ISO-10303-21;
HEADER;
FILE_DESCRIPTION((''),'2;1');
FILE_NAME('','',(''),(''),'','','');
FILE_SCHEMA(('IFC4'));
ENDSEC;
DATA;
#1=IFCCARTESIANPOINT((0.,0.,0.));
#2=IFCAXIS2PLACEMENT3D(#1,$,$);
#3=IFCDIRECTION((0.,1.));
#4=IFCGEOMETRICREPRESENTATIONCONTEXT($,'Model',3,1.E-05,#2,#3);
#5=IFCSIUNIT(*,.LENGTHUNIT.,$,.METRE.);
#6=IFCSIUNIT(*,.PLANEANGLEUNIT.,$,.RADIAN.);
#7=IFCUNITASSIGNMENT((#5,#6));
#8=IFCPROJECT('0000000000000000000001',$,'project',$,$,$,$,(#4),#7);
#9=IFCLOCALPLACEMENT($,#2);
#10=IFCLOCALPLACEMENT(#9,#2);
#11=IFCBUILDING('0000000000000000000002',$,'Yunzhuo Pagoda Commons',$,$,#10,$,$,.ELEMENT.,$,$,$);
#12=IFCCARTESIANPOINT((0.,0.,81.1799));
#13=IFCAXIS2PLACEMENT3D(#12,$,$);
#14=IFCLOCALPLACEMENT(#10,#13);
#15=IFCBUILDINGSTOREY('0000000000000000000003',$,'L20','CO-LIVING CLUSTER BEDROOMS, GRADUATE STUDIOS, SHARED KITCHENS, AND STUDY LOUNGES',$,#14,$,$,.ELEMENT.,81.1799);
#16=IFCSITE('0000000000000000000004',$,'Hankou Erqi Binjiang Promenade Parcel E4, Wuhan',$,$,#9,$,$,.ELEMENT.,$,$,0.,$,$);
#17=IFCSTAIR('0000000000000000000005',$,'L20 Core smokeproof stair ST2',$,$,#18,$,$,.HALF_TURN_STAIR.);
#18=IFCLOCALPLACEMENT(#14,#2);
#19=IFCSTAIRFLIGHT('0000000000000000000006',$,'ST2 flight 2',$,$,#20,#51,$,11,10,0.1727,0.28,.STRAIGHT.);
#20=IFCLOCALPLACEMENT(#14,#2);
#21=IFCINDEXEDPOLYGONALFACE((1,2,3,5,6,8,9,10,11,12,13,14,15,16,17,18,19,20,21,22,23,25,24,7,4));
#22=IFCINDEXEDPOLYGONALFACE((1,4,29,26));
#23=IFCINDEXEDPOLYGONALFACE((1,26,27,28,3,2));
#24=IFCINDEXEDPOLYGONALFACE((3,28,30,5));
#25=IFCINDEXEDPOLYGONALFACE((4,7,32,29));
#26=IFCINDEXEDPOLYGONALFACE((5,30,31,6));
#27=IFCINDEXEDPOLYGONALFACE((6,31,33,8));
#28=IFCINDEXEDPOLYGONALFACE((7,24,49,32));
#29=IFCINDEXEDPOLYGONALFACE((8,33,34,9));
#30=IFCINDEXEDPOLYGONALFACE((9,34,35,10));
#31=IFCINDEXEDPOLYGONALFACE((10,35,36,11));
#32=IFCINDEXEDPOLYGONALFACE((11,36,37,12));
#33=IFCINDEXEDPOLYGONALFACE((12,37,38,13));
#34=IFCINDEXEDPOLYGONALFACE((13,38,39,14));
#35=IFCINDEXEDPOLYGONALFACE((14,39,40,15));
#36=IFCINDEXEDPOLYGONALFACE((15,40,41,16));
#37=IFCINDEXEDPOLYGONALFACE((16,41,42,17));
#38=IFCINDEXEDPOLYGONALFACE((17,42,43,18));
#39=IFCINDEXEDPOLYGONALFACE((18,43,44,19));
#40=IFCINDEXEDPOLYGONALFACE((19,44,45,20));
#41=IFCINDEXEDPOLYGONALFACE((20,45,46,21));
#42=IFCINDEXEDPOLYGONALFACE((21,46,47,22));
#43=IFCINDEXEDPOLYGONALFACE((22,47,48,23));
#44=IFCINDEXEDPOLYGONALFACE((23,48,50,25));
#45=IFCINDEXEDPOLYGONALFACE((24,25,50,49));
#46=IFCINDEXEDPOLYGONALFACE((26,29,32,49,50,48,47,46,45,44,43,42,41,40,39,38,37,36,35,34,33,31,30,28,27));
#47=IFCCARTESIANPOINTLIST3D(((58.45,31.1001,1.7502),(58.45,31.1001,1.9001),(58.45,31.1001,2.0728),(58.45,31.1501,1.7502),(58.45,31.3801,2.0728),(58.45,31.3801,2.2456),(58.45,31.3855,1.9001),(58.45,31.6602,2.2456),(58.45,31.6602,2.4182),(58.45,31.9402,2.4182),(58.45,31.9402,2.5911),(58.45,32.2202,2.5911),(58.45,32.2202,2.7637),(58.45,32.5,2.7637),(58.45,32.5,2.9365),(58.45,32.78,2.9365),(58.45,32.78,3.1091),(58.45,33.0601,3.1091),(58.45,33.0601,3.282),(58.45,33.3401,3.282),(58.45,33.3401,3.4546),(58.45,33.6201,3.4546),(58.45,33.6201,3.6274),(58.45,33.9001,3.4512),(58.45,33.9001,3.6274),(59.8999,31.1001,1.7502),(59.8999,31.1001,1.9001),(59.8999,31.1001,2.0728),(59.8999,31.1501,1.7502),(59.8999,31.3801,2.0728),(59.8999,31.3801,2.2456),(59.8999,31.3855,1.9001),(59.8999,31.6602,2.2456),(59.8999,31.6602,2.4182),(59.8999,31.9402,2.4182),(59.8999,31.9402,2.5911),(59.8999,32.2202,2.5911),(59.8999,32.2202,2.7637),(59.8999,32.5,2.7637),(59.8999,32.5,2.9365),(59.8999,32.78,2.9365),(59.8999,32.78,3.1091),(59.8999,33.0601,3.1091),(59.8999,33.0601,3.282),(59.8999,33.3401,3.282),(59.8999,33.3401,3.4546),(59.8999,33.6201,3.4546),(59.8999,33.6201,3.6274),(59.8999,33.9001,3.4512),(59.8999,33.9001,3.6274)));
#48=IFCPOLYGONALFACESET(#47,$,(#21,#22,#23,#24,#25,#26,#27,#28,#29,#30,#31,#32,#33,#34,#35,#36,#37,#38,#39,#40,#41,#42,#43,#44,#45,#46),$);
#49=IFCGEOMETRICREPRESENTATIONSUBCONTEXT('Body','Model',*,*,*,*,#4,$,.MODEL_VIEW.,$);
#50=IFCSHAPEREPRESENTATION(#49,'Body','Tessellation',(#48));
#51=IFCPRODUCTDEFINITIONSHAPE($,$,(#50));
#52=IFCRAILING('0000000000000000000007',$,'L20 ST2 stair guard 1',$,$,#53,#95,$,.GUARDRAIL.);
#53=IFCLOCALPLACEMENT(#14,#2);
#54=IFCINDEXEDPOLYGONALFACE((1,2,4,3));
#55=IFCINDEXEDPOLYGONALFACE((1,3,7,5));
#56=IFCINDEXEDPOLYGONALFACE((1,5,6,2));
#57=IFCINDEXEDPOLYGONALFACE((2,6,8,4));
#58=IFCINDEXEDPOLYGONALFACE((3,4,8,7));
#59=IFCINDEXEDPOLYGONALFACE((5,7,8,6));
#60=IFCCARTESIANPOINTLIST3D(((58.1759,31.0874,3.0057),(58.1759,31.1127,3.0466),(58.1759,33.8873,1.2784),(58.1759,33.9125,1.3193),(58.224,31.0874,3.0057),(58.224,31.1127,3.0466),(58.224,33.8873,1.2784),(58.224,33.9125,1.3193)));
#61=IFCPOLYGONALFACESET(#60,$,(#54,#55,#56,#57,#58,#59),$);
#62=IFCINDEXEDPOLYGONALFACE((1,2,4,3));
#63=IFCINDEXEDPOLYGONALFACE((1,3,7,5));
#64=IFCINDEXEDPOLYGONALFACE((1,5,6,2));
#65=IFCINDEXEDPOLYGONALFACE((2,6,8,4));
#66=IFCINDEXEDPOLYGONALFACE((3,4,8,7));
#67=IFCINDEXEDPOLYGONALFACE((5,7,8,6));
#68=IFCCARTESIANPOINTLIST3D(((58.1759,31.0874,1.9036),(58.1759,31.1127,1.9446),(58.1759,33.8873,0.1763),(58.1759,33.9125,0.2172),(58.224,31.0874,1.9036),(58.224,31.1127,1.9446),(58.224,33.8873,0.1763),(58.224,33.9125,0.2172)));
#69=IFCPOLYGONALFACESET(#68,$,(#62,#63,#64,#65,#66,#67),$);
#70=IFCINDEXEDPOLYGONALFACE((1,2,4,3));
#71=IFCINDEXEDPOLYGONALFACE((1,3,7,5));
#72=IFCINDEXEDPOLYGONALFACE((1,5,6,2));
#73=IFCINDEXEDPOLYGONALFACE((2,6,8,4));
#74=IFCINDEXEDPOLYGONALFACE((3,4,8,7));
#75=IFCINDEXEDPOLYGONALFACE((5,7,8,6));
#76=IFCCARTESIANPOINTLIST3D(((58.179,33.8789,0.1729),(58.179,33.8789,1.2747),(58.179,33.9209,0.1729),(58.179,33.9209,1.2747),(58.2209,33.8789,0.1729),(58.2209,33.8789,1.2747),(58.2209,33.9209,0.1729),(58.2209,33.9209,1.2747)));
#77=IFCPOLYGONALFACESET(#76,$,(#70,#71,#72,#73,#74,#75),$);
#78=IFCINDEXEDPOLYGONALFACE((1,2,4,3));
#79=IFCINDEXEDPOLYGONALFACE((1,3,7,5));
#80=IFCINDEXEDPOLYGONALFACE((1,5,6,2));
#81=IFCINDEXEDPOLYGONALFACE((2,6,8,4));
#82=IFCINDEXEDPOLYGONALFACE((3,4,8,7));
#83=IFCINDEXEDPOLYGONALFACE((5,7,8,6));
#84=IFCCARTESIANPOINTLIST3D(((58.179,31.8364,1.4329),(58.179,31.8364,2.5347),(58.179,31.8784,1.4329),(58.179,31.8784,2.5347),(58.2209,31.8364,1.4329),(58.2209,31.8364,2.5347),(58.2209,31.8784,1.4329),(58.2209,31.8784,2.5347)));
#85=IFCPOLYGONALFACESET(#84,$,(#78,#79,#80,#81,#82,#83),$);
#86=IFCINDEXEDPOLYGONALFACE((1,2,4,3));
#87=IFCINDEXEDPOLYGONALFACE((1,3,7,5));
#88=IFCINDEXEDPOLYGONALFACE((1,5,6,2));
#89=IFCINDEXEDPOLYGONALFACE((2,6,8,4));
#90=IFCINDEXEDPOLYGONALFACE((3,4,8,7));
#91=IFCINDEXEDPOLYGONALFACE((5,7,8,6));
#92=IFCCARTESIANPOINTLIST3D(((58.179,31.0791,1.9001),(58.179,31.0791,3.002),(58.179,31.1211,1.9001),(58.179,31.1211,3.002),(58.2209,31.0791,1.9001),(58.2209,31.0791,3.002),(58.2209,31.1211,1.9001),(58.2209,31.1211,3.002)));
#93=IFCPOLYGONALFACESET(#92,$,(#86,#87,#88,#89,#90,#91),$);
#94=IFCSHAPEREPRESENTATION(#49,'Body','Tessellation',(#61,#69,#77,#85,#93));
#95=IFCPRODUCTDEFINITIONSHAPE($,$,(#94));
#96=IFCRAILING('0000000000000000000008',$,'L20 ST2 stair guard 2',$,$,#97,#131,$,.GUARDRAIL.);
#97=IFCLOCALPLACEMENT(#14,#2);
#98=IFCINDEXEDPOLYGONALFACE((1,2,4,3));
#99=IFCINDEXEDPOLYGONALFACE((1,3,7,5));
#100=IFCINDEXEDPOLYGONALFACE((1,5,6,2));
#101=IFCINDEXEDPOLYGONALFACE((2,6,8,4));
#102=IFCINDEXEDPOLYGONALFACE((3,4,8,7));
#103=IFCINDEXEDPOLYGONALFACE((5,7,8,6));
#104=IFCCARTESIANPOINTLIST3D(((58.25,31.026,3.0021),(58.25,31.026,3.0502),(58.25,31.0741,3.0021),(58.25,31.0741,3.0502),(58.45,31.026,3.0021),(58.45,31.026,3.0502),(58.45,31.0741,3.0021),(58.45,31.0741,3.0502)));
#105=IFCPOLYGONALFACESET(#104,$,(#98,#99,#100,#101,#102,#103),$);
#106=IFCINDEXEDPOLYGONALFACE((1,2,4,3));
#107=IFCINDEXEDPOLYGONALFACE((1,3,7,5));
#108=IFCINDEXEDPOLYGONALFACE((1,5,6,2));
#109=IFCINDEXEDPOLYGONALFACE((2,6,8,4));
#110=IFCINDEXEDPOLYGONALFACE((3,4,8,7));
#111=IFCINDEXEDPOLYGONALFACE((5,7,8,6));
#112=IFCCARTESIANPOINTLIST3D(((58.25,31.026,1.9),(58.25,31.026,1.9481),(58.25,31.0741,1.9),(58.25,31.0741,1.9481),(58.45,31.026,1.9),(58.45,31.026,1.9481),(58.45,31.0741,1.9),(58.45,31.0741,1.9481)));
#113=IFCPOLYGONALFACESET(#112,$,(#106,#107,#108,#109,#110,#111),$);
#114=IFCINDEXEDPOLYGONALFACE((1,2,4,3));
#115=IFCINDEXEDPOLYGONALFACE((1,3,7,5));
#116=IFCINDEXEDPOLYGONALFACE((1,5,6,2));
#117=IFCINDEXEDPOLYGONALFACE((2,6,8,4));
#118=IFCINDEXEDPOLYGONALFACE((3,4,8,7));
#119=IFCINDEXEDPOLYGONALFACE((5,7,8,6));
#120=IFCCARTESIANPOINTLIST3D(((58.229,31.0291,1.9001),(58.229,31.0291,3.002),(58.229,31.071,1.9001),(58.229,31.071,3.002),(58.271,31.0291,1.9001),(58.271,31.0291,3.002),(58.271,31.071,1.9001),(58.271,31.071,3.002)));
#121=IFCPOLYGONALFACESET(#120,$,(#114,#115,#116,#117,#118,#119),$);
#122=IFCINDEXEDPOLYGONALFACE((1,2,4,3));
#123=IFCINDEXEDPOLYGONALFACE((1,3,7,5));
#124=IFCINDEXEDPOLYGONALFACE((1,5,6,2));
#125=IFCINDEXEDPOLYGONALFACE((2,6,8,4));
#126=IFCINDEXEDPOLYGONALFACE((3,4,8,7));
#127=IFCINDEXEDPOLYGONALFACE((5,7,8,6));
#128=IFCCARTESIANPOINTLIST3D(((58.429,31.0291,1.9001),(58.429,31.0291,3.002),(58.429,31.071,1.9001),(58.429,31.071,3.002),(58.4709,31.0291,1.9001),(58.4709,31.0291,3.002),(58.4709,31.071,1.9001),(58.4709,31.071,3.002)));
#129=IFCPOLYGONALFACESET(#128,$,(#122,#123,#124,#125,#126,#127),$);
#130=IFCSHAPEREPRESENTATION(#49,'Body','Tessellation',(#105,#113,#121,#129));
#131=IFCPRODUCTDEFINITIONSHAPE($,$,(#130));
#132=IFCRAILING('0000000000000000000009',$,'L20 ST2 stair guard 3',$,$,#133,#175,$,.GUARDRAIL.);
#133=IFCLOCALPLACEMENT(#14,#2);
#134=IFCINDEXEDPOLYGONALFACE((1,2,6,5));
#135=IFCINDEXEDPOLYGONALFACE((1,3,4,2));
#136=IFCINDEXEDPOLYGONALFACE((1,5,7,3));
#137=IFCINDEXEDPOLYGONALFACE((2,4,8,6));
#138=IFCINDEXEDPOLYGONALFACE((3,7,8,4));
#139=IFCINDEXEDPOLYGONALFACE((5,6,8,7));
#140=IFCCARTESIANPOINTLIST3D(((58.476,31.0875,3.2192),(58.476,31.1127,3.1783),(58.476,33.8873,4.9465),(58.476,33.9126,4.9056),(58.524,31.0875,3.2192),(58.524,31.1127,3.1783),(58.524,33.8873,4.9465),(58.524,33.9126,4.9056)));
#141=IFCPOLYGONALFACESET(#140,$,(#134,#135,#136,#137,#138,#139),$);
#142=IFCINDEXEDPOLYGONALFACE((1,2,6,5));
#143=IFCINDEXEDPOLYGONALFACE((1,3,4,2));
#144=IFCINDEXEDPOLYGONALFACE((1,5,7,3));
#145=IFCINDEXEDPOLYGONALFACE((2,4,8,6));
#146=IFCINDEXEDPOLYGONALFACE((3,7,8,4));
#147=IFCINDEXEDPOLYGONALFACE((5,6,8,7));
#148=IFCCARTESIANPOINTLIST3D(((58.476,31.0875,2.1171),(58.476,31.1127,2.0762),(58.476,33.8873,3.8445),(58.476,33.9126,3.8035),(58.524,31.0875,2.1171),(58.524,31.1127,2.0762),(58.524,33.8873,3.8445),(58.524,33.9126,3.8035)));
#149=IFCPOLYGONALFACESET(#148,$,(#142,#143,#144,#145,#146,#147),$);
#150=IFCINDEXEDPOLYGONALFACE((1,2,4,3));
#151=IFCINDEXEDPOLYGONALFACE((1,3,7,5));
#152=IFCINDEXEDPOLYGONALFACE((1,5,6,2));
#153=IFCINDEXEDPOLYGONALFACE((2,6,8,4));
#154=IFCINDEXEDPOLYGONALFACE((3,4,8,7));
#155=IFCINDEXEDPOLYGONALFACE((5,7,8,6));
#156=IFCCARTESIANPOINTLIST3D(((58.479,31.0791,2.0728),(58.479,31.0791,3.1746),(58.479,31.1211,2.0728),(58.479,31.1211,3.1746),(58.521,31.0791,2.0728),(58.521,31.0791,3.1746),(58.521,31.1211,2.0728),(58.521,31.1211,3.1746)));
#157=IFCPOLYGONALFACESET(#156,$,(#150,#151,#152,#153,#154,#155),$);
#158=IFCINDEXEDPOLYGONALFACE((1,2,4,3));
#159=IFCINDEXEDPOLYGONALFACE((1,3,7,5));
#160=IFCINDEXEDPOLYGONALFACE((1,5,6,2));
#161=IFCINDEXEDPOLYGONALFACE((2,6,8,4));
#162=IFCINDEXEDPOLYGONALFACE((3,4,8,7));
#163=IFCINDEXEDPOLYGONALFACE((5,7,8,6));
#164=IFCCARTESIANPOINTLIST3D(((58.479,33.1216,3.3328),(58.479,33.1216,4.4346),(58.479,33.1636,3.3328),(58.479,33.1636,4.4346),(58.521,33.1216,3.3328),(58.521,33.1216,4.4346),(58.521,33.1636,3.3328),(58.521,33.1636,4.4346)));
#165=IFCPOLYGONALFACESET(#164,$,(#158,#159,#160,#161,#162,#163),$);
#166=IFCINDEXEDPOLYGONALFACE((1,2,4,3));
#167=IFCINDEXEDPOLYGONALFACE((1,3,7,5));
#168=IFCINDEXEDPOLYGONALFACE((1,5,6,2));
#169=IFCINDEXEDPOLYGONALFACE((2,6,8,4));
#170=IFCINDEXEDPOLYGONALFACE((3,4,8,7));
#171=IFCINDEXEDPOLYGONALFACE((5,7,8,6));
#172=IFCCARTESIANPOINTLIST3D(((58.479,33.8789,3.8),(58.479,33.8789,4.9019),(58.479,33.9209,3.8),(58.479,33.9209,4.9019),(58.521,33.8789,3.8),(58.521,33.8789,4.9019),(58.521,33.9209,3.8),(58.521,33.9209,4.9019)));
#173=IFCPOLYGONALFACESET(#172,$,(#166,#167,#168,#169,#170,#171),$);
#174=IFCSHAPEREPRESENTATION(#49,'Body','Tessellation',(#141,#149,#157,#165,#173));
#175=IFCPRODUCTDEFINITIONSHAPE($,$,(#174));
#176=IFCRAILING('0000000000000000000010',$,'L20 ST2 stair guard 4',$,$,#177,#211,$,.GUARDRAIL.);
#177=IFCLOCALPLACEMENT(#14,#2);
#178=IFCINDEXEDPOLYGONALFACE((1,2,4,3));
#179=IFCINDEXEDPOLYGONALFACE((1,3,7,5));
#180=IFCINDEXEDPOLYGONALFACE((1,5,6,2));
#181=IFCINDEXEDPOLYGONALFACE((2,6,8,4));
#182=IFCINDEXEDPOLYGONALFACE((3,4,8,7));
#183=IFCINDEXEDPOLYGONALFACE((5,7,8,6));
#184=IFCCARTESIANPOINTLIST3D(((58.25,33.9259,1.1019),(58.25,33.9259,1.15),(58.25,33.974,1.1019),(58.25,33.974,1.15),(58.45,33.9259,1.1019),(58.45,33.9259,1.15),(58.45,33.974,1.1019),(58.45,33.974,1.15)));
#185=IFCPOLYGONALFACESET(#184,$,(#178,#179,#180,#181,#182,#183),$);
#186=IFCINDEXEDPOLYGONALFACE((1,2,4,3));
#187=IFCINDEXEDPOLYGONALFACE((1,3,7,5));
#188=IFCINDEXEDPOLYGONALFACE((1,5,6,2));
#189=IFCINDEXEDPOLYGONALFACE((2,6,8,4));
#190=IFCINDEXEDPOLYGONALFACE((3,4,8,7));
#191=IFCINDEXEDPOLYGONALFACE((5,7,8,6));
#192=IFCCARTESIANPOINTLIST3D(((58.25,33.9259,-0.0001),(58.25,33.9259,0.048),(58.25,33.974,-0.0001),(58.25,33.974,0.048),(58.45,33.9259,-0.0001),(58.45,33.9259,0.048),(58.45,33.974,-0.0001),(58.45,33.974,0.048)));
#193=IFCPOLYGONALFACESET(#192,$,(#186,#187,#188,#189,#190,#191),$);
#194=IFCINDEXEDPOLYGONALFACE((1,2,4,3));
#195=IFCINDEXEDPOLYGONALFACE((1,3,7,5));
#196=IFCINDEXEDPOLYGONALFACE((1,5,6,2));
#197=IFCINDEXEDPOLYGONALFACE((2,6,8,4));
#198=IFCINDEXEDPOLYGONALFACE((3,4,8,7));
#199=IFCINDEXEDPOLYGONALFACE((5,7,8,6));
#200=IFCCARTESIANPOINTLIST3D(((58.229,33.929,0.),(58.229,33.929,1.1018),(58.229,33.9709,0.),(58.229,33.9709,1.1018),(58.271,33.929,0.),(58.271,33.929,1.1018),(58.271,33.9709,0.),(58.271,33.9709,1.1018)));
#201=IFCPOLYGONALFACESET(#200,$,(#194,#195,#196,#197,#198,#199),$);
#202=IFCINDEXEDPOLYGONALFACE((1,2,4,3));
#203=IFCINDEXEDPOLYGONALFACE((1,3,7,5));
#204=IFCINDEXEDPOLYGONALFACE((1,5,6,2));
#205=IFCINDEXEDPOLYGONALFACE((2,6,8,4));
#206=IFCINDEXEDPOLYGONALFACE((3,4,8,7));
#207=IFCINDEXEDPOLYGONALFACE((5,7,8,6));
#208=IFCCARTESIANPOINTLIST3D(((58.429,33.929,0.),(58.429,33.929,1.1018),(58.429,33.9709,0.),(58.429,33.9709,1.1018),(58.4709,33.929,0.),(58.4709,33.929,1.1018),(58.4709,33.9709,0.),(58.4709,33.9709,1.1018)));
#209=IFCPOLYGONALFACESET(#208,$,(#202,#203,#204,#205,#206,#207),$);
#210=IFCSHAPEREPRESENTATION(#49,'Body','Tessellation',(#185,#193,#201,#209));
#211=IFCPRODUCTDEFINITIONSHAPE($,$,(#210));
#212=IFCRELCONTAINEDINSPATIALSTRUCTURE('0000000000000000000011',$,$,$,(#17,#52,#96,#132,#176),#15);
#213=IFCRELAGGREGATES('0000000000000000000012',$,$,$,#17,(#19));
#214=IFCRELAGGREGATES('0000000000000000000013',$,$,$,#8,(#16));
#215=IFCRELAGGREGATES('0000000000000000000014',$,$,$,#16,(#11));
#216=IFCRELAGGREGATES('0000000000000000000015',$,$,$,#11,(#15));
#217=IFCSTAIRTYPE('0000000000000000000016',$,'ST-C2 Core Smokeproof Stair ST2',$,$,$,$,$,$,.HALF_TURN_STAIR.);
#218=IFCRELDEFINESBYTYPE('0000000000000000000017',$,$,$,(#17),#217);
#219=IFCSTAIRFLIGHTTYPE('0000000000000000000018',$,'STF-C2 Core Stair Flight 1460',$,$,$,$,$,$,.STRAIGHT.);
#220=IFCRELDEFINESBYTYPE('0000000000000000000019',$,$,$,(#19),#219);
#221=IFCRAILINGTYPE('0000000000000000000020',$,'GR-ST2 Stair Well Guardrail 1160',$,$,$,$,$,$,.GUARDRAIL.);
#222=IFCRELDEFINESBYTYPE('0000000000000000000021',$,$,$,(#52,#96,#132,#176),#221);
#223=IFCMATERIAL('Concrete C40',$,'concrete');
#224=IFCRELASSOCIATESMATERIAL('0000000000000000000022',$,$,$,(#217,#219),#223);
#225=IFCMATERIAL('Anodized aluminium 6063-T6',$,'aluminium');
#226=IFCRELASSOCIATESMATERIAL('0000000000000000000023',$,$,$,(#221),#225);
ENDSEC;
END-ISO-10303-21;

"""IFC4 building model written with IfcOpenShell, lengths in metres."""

from ifc_helpers import new_model, si_unit, direction, frame, origin, origin_2d, place, context, subcontext, project, spatial, polyline, rectangle, outline, extrude, source, transform, mapped, material, type_object, element, aggregate, save


model = new_model("IFC4")

# Units and contexts
model_context = context("Model", 3, precision=1e-05, world=origin(), true_north=direction((0.0, 1.0)))
body_context = subcontext(model_context, "Body", "Model", "MODEL_VIEW")
ifc_project = project(units=[si_unit("LENGTHUNIT", "METRE"), si_unit("PLANEANGLEUNIT", "RADIAN")], contexts=[model_context])

# Site, building, storey
site_placement = place(None, origin())
site = spatial("IfcSite", under=ifc_project, at=site_placement, Name="Hankou Erqi Binjiang Promenade Parcel E4, Wuhan", CompositionType="ELEMENT", RefElevation=0.0)
building_placement = place(site_placement, origin())
building = spatial("IfcBuilding", under=site, at=building_placement, Name="Yunzhuo Pagoda Commons", CompositionType="ELEMENT")
storey_placement = place(building_placement, frame((0.0, 0.0, 81.1799)))
storey = spatial("IfcBuildingStorey", under=building, at=storey_placement, Name="L20", Description="CO-LIVING CLUSTER BEDROOMS, GRADUATE STUDIOS, SHARED KITCHENS, AND STUDY LOUNGES", CompositionType="ELEMENT", Elevation=81.1799)

# Shared definitions
ifc_material_1 = material(Name="Anodized aluminium 6063-T6", Category="aluminium")

# Stair, stair flight
ifc_material_2 = material(Name="Concrete C40", Category="concrete")
stair_type = type_object("IfcStairType", Name="ST-C2 Core Smokeproof Stair ST2", PredefinedType="HALF_TURN_STAIR", material=ifc_material_2)
stair_placement = place(storey_placement, origin())
stair = element("IfcStair", 1, at=stair_placement, inside=storey, type_object=stair_type, Name="L20 Core smokeproof stair ST2", PredefinedType="HALF_TURN_STAIR")
stair_flight_type = type_object("IfcStairFlightType", Name="STF-C2 Core Stair Flight 1460", PredefinedType="STRAIGHT", material=ifc_material_2)
shared_shape_1 = source(origin(), body_context, "Body", "SweptSolid", [
    extrude(outline(polyline([(0.0, -0.1499), (0.0, 0.0), (0.0, 0.1726), (0.28, 0.1726), (0.28, 0.3455), (0.5601, 0.3455), (0.5601, 0.5181), (0.8401, 0.5181), (0.8401, 0.6909), (1.1201, 0.6909), (1.1201, 0.8635), (1.3999, 0.8635), (1.3999, 1.0364), (1.6799, 1.0364), (1.6799, 1.209), (1.96, 1.209), (1.96, 1.3818), (2.24, 1.3818), (2.24, 1.5544), (2.52, 1.5544), (2.52, 1.7273), (2.8, 1.7273), (2.8, 1.8999), (2.8, 1.551), (0.2854, 0.0), (0.05, -0.1499), (0.0, -0.1499)])), frame((0.0, 0.7251, 0.0), z_axis=(0.0, -1.0, 0.0), x_axis=(1.0, 0.0, 0.0)), (0.0, 0.0, 1.0), 1.45),
])
stair_flight_1_placement = place(storey_placement, frame((59.175, 31.1001, 1.9001), z_axis=(0.0, 0.0, 1.0), x_axis=(0.0, 1.0, 0.0)))
stair_flight_1 = element("IfcStairFlight", 2, at=stair_flight_1_placement, type_object=stair_flight_type, Name="ST2 flight 2", NumberOfRisers=11, NumberOfTreads=10, PredefinedType="STRAIGHT", RiserHeight=0.1727, TreadLength=0.28, context=body_context, shape_type="MappedRepresentation", body=[
    mapped(shared_shape_1, transform((0.0, 0.0, 0.0), scale=1.0)),
])
aggregate(stair, [stair_flight_1])

# Railings
railing_type_1 = type_object("IfcRailingType", Name="GR-ST2 Stair Well Guardrail 1160", PredefinedType="GUARDRAIL", material=ifc_material_1)
railing_1_placement = place(storey_placement, frame((58.2, 33.8999, 0.1729)))
element("IfcRailing", 3, at=railing_1_placement, inside=storey, type_object=railing_type_1, Name="L20 ST2 stair guard 1", PredefinedType="GUARDRAIL", context=body_context, shape_type="SweptSolid", body=[
    extrude(rectangle(XDim=0.0481, YDim=0.0481, at=origin_2d()), frame((0.0, 0.0, 1.126), z_axis=(0.0, -0.851069, 0.525054), x_axis=(1.0, 0.0, 0.0)), (0.0, 0.0, 1.0), 3.2898),
    extrude(rectangle(XDim=0.0481, YDim=0.0481, at=origin_2d()), frame((0.0, 0.0, 0.0239), z_axis=(0.0, -0.851069, 0.525054), x_axis=(1.0, 0.0, 0.0)), (0.0, 0.0, 1.0), 3.2898),
    extrude(rectangle(XDim=0.042, YDim=0.042, at=origin_2d()), origin(), (0.0, 0.0, 1.0), 1.1018),
    extrude(rectangle(XDim=0.042, YDim=0.042, at=origin_2d()), frame((0.0, -2.0425, 1.26)), (0.0, 0.0, 1.0), 1.1018),
    extrude(rectangle(XDim=0.042, YDim=0.042, at=origin_2d()), frame((0.0, -2.7998, 1.7273)), (0.0, 0.0, 1.0), 1.1018),
])
railing_2_placement = place(storey_placement, frame((58.25, 31.05, 1.9001)))
element("IfcRailing", 4, at=railing_2_placement, inside=storey, type_object=railing_type_1, Name="L20 ST2 stair guard 2", PredefinedType="GUARDRAIL", context=body_context, shape_type="SweptSolid", body=[
    extrude(rectangle(XDim=0.0481, YDim=0.0481, at=origin_2d()), frame((0.0, 0.0, 1.126), z_axis=(1.0, 0.0, 0.0), x_axis=(0.0, 1.0, 0.0)), (0.0, 0.0, 1.0), 0.2),
    extrude(rectangle(XDim=0.0481, YDim=0.0481, at=origin_2d()), frame((0.0, 0.0, 0.0239), z_axis=(1.0, 0.0, 0.0), x_axis=(0.0, 1.0, 0.0)), (0.0, 0.0, 1.0), 0.2),
    extrude(rectangle(XDim=0.042, YDim=0.042, at=origin_2d()), origin(), (0.0, 0.0, 1.0), 1.1018),
    extrude(rectangle(XDim=0.042, YDim=0.042, at=origin_2d()), frame((0.2, 0.0, 0.0)), (0.0, 0.0, 1.0), 1.1018),
])
railing_3_placement = place(storey_placement, frame((58.5, 31.1001, 2.0728)))
element("IfcRailing", 5, at=railing_3_placement, inside=storey, type_object=railing_type_1, Name="L20 ST2 stair guard 3", PredefinedType="GUARDRAIL", context=body_context, shape_type="SweptSolid", body=[
    extrude(rectangle(XDim=0.0481, YDim=0.0481, at=origin_2d()), frame((0.0, 0.0, 1.126), z_axis=(0.0, 0.851069, 0.525054), x_axis=(-1.0, 0.0, 0.0)), (0.0, 0.0, 1.0), 3.2898),
    extrude(rectangle(XDim=0.0481, YDim=0.0481, at=origin_2d()), frame((0.0, 0.0, 0.0239), z_axis=(0.0, 0.851069, 0.525054), x_axis=(-1.0, 0.0, 0.0)), (0.0, 0.0, 1.0), 3.2898),
    extrude(rectangle(XDim=0.042, YDim=0.042, at=origin_2d()), origin(), (0.0, 0.0, 1.0), 1.1018),
    extrude(rectangle(XDim=0.042, YDim=0.042, at=origin_2d()), frame((0.0, 2.0425, 1.26)), (0.0, 0.0, 1.0), 1.1018),
    extrude(rectangle(XDim=0.042, YDim=0.042, at=origin_2d()), frame((0.0, 2.7998, 1.7273)), (0.0, 0.0, 1.0), 1.1018),
])
railing_4_placement = place(storey_placement, frame((58.25, 33.95, 0.0)))
element("IfcRailing", 6, at=railing_4_placement, inside=storey, type_object=railing_type_1, Name="L20 ST2 stair guard 4", PredefinedType="GUARDRAIL", context=body_context, shape_type="SweptSolid", body=[
    extrude(rectangle(XDim=0.0481, YDim=0.0481, at=origin_2d()), frame((0.0, 0.0, 1.126), z_axis=(1.0, 0.0, 0.0), x_axis=(0.0, 1.0, 0.0)), (0.0, 0.0, 1.0), 0.2),
    extrude(rectangle(XDim=0.0481, YDim=0.0481, at=origin_2d()), frame((0.0, 0.0, 0.0239), z_axis=(1.0, 0.0, 0.0), x_axis=(0.0, 1.0, 0.0)), (0.0, 0.0, 1.0), 0.2),
    extrude(rectangle(XDim=0.042, YDim=0.042, at=origin_2d()), origin(), (0.0, 0.0, 1.0), 1.1018),
    extrude(rectangle(XDim=0.042, YDim=0.042, at=origin_2d()), frame((0.2, 0.0, 0.0)), (0.0, 0.0, 1.0), 1.1018),
])

save(model, "model.ifc")
